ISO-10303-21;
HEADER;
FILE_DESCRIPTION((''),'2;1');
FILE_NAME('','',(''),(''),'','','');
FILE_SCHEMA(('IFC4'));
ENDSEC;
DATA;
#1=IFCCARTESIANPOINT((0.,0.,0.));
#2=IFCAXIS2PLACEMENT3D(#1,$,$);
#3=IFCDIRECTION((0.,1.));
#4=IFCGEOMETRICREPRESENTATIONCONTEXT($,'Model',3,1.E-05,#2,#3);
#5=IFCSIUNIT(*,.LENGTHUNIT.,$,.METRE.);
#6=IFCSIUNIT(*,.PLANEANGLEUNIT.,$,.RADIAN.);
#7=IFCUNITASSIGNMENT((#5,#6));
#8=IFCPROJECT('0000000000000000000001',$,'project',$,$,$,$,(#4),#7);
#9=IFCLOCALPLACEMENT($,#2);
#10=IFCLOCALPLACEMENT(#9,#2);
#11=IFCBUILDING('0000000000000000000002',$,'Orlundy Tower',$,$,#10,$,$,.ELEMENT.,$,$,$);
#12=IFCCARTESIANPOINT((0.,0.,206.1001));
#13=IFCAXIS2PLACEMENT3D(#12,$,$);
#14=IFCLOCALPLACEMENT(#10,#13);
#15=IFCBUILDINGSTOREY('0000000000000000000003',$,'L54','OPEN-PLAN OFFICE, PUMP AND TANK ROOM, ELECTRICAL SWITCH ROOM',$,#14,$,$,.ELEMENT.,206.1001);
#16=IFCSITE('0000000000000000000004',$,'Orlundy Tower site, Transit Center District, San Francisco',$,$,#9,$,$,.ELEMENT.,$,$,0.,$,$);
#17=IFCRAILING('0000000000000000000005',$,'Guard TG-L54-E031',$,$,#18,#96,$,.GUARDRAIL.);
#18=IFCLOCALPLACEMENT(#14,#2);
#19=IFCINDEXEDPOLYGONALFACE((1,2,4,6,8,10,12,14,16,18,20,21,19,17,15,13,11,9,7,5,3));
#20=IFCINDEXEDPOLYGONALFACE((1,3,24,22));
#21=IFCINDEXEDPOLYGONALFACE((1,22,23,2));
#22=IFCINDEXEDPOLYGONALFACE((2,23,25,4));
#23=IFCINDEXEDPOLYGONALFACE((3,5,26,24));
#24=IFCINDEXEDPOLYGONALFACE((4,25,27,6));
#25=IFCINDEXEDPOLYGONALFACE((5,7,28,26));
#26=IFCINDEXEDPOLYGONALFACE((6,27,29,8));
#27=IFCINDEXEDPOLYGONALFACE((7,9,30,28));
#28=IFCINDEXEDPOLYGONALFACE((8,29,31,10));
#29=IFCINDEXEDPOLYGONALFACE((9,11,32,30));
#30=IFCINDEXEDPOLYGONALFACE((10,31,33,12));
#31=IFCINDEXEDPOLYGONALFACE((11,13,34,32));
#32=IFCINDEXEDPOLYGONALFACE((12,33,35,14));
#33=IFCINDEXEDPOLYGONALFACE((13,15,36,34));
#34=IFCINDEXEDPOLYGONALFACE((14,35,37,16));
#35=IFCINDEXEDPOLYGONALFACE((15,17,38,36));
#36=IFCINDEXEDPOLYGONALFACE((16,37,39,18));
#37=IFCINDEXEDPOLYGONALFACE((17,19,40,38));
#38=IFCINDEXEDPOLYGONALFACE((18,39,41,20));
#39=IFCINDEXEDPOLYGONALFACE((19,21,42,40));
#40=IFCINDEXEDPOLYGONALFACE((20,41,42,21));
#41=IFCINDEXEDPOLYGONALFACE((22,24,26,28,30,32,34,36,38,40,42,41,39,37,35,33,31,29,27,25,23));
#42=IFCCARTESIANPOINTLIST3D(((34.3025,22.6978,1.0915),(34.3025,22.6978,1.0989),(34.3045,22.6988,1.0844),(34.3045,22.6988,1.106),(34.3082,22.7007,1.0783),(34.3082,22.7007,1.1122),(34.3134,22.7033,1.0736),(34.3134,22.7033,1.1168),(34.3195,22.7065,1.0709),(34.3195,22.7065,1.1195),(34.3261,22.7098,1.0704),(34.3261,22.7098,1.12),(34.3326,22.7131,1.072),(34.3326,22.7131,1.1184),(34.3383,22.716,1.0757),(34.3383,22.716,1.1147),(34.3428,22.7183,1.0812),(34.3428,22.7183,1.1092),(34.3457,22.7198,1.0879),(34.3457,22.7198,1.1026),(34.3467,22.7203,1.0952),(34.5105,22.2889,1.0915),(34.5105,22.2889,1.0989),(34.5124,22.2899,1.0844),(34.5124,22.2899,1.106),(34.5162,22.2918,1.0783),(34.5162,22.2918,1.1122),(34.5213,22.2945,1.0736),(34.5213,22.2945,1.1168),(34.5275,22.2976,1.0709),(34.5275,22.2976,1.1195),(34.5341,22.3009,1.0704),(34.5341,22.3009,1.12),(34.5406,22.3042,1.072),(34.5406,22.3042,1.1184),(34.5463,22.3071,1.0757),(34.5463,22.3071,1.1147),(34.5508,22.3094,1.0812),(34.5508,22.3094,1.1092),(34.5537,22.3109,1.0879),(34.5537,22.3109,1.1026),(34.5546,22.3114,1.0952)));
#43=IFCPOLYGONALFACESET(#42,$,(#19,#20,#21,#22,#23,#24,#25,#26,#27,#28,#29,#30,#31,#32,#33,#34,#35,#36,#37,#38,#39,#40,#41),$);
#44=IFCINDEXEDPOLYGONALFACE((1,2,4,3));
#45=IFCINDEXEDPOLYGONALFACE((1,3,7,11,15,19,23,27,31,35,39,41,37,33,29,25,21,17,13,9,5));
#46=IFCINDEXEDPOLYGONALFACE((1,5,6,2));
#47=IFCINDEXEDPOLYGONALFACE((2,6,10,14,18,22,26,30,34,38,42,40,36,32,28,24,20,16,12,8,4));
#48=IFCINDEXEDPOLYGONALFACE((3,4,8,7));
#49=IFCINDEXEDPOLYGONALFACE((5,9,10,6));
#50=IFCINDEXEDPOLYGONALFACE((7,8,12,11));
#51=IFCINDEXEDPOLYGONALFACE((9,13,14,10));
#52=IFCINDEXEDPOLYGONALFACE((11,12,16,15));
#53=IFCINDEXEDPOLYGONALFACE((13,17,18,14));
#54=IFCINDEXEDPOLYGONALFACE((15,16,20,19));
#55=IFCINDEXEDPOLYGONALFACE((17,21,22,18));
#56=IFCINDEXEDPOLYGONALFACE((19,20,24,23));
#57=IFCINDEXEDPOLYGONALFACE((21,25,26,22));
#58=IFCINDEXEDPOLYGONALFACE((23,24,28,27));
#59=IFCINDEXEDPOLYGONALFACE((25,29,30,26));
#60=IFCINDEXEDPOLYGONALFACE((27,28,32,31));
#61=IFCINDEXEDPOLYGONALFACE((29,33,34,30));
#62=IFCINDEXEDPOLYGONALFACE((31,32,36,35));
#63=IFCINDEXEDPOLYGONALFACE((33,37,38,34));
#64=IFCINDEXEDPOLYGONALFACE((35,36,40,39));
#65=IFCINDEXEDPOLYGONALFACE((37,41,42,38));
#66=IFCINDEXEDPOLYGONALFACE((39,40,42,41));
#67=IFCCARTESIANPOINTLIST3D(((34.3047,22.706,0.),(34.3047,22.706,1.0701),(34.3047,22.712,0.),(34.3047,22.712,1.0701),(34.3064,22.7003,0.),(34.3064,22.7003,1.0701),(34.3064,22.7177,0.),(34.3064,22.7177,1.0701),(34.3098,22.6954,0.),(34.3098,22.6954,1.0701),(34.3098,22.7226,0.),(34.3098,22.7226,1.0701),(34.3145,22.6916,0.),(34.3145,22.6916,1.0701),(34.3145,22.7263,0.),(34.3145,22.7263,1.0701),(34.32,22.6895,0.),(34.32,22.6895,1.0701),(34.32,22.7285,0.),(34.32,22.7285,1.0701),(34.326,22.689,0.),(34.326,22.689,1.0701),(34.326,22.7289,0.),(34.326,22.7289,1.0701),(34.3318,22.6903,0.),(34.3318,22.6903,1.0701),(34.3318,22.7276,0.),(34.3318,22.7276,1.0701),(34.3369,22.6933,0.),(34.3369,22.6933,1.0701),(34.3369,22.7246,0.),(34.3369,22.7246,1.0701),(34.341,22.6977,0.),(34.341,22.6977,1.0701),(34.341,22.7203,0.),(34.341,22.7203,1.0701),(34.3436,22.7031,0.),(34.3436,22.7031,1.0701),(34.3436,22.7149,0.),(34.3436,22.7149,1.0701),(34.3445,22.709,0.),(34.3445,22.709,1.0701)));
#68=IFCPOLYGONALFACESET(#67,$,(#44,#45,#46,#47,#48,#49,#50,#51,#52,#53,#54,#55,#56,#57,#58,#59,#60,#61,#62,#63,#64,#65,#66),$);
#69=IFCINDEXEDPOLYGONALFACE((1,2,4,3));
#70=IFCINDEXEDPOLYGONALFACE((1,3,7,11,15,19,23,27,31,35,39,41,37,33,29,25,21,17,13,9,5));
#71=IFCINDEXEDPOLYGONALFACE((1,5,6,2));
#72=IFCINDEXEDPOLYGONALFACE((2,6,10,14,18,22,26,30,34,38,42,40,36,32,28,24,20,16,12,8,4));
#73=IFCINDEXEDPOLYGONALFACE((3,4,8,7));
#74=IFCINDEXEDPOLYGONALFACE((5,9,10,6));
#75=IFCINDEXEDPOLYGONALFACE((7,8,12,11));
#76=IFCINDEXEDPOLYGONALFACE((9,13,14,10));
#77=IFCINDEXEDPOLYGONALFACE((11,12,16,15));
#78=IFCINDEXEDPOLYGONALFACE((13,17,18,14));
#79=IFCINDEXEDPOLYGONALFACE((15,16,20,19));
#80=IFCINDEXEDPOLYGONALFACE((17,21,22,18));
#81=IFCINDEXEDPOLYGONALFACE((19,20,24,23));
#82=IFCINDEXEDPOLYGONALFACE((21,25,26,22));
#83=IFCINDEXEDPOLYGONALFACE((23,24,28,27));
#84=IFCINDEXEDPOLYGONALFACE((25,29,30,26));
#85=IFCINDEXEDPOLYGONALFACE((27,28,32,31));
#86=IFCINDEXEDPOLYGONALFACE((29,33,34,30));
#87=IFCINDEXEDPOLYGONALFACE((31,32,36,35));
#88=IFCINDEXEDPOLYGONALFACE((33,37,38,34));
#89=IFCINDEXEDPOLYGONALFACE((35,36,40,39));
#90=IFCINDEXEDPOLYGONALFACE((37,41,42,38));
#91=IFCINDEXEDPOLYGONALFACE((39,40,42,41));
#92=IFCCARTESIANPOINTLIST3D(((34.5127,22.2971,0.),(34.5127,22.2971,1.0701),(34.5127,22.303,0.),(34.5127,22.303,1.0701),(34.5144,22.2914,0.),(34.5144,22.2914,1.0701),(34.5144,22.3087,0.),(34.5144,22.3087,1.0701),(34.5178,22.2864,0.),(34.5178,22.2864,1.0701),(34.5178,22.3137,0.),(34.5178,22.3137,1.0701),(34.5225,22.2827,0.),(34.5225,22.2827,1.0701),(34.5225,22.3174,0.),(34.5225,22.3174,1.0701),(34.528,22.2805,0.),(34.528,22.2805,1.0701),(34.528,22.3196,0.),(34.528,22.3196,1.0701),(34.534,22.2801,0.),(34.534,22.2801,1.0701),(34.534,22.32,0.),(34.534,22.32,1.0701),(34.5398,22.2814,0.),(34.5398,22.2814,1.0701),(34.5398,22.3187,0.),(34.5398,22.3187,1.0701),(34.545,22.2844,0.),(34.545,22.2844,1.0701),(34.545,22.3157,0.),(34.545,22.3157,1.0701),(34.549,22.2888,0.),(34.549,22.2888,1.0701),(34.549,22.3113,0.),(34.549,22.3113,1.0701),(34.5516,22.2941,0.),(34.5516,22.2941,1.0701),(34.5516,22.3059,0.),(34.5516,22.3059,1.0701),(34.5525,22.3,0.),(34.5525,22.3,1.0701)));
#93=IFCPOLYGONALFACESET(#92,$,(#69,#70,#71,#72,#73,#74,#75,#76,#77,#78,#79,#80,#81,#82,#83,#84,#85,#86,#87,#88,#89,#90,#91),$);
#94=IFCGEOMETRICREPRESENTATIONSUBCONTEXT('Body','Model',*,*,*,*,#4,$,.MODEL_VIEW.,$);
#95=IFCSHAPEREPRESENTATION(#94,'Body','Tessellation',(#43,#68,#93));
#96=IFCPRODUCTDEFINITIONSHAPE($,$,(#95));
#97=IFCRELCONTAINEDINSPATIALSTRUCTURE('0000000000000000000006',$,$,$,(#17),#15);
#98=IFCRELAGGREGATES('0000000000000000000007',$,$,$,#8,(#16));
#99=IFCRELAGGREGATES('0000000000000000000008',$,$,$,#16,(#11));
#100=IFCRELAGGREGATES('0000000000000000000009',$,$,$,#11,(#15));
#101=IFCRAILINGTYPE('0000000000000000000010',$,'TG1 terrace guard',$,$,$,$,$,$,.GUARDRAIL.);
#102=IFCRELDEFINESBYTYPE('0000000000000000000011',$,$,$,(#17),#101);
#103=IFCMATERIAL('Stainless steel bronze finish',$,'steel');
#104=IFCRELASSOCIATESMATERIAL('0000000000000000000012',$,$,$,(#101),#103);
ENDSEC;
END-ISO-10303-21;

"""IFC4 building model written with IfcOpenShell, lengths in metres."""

from ifc_helpers import new_model, si_unit, direction, frame, origin, origin_2d, place, context, subcontext, project, spatial, circle, extrude, material, type_object, element, save


model = new_model("IFC4")

# Units and contexts
model_context = context("Model", 3, precision=1e-05, world=origin(), true_north=direction((0.0, 1.0)))
body_context = subcontext(model_context, "Body", "Model", "MODEL_VIEW")
ifc_project = project(units=[si_unit("LENGTHUNIT", "METRE"), si_unit("PLANEANGLEUNIT", "RADIAN")], contexts=[model_context])

# Site, building, storey
site_placement = place(None, origin())
site = spatial("IfcSite", under=ifc_project, at=site_placement, Name="Orlundy Tower site, Transit Center District, San Francisco", CompositionType="ELEMENT", RefElevation=0.0)
building_placement = place(site_placement, origin())
building = spatial("IfcBuilding", under=site, at=building_placement, Name="Orlundy Tower", CompositionType="ELEMENT")
storey_placement = place(building_placement, frame((0.0, 0.0, 206.1001)))
storey = spatial("IfcBuildingStorey", under=building, at=storey_placement, Name="L54", Description="OPEN-PLAN OFFICE, PUMP AND TANK ROOM, ELECTRICAL SWITCH ROOM", CompositionType="ELEMENT", Elevation=206.1001)

# Railing
ifc_material_1 = material(Name="Stainless steel bronze finish", Category="steel")
railing_type_1 = type_object("IfcRailingType", Name="TG1 terrace guard", PredefinedType="GUARDRAIL", material=ifc_material_1)
railing_1_placement = place(storey_placement, frame((34.3245, 22.709, 0.0)))
element("IfcRailing", 1, at=railing_1_placement, inside=storey, type_object=railing_type_1, Name="Guard TG-L54-E031", PredefinedType="GUARDRAIL", context=body_context, shape_type="SweptSolid", body=[
    extrude(circle(Radius=0.0249, at=origin_2d()), frame((0.0, 0.0, 1.0952), z_axis=(0.453376, -0.89132, 0.0), x_axis=(0.89132, 0.453376, 0.0)), (0.0, 0.0, 1.0), 0.4587),
    extrude(circle(Radius=0.02, at=origin_2d()), origin(), (0.0, 0.0, 1.0), 1.0701),
    extrude(circle(Radius=0.02, at=origin_2d()), frame((0.208, -0.4089, 0.0)), (0.0, 0.0, 1.0), 1.0701),
])

save(model, "model.ifc")
